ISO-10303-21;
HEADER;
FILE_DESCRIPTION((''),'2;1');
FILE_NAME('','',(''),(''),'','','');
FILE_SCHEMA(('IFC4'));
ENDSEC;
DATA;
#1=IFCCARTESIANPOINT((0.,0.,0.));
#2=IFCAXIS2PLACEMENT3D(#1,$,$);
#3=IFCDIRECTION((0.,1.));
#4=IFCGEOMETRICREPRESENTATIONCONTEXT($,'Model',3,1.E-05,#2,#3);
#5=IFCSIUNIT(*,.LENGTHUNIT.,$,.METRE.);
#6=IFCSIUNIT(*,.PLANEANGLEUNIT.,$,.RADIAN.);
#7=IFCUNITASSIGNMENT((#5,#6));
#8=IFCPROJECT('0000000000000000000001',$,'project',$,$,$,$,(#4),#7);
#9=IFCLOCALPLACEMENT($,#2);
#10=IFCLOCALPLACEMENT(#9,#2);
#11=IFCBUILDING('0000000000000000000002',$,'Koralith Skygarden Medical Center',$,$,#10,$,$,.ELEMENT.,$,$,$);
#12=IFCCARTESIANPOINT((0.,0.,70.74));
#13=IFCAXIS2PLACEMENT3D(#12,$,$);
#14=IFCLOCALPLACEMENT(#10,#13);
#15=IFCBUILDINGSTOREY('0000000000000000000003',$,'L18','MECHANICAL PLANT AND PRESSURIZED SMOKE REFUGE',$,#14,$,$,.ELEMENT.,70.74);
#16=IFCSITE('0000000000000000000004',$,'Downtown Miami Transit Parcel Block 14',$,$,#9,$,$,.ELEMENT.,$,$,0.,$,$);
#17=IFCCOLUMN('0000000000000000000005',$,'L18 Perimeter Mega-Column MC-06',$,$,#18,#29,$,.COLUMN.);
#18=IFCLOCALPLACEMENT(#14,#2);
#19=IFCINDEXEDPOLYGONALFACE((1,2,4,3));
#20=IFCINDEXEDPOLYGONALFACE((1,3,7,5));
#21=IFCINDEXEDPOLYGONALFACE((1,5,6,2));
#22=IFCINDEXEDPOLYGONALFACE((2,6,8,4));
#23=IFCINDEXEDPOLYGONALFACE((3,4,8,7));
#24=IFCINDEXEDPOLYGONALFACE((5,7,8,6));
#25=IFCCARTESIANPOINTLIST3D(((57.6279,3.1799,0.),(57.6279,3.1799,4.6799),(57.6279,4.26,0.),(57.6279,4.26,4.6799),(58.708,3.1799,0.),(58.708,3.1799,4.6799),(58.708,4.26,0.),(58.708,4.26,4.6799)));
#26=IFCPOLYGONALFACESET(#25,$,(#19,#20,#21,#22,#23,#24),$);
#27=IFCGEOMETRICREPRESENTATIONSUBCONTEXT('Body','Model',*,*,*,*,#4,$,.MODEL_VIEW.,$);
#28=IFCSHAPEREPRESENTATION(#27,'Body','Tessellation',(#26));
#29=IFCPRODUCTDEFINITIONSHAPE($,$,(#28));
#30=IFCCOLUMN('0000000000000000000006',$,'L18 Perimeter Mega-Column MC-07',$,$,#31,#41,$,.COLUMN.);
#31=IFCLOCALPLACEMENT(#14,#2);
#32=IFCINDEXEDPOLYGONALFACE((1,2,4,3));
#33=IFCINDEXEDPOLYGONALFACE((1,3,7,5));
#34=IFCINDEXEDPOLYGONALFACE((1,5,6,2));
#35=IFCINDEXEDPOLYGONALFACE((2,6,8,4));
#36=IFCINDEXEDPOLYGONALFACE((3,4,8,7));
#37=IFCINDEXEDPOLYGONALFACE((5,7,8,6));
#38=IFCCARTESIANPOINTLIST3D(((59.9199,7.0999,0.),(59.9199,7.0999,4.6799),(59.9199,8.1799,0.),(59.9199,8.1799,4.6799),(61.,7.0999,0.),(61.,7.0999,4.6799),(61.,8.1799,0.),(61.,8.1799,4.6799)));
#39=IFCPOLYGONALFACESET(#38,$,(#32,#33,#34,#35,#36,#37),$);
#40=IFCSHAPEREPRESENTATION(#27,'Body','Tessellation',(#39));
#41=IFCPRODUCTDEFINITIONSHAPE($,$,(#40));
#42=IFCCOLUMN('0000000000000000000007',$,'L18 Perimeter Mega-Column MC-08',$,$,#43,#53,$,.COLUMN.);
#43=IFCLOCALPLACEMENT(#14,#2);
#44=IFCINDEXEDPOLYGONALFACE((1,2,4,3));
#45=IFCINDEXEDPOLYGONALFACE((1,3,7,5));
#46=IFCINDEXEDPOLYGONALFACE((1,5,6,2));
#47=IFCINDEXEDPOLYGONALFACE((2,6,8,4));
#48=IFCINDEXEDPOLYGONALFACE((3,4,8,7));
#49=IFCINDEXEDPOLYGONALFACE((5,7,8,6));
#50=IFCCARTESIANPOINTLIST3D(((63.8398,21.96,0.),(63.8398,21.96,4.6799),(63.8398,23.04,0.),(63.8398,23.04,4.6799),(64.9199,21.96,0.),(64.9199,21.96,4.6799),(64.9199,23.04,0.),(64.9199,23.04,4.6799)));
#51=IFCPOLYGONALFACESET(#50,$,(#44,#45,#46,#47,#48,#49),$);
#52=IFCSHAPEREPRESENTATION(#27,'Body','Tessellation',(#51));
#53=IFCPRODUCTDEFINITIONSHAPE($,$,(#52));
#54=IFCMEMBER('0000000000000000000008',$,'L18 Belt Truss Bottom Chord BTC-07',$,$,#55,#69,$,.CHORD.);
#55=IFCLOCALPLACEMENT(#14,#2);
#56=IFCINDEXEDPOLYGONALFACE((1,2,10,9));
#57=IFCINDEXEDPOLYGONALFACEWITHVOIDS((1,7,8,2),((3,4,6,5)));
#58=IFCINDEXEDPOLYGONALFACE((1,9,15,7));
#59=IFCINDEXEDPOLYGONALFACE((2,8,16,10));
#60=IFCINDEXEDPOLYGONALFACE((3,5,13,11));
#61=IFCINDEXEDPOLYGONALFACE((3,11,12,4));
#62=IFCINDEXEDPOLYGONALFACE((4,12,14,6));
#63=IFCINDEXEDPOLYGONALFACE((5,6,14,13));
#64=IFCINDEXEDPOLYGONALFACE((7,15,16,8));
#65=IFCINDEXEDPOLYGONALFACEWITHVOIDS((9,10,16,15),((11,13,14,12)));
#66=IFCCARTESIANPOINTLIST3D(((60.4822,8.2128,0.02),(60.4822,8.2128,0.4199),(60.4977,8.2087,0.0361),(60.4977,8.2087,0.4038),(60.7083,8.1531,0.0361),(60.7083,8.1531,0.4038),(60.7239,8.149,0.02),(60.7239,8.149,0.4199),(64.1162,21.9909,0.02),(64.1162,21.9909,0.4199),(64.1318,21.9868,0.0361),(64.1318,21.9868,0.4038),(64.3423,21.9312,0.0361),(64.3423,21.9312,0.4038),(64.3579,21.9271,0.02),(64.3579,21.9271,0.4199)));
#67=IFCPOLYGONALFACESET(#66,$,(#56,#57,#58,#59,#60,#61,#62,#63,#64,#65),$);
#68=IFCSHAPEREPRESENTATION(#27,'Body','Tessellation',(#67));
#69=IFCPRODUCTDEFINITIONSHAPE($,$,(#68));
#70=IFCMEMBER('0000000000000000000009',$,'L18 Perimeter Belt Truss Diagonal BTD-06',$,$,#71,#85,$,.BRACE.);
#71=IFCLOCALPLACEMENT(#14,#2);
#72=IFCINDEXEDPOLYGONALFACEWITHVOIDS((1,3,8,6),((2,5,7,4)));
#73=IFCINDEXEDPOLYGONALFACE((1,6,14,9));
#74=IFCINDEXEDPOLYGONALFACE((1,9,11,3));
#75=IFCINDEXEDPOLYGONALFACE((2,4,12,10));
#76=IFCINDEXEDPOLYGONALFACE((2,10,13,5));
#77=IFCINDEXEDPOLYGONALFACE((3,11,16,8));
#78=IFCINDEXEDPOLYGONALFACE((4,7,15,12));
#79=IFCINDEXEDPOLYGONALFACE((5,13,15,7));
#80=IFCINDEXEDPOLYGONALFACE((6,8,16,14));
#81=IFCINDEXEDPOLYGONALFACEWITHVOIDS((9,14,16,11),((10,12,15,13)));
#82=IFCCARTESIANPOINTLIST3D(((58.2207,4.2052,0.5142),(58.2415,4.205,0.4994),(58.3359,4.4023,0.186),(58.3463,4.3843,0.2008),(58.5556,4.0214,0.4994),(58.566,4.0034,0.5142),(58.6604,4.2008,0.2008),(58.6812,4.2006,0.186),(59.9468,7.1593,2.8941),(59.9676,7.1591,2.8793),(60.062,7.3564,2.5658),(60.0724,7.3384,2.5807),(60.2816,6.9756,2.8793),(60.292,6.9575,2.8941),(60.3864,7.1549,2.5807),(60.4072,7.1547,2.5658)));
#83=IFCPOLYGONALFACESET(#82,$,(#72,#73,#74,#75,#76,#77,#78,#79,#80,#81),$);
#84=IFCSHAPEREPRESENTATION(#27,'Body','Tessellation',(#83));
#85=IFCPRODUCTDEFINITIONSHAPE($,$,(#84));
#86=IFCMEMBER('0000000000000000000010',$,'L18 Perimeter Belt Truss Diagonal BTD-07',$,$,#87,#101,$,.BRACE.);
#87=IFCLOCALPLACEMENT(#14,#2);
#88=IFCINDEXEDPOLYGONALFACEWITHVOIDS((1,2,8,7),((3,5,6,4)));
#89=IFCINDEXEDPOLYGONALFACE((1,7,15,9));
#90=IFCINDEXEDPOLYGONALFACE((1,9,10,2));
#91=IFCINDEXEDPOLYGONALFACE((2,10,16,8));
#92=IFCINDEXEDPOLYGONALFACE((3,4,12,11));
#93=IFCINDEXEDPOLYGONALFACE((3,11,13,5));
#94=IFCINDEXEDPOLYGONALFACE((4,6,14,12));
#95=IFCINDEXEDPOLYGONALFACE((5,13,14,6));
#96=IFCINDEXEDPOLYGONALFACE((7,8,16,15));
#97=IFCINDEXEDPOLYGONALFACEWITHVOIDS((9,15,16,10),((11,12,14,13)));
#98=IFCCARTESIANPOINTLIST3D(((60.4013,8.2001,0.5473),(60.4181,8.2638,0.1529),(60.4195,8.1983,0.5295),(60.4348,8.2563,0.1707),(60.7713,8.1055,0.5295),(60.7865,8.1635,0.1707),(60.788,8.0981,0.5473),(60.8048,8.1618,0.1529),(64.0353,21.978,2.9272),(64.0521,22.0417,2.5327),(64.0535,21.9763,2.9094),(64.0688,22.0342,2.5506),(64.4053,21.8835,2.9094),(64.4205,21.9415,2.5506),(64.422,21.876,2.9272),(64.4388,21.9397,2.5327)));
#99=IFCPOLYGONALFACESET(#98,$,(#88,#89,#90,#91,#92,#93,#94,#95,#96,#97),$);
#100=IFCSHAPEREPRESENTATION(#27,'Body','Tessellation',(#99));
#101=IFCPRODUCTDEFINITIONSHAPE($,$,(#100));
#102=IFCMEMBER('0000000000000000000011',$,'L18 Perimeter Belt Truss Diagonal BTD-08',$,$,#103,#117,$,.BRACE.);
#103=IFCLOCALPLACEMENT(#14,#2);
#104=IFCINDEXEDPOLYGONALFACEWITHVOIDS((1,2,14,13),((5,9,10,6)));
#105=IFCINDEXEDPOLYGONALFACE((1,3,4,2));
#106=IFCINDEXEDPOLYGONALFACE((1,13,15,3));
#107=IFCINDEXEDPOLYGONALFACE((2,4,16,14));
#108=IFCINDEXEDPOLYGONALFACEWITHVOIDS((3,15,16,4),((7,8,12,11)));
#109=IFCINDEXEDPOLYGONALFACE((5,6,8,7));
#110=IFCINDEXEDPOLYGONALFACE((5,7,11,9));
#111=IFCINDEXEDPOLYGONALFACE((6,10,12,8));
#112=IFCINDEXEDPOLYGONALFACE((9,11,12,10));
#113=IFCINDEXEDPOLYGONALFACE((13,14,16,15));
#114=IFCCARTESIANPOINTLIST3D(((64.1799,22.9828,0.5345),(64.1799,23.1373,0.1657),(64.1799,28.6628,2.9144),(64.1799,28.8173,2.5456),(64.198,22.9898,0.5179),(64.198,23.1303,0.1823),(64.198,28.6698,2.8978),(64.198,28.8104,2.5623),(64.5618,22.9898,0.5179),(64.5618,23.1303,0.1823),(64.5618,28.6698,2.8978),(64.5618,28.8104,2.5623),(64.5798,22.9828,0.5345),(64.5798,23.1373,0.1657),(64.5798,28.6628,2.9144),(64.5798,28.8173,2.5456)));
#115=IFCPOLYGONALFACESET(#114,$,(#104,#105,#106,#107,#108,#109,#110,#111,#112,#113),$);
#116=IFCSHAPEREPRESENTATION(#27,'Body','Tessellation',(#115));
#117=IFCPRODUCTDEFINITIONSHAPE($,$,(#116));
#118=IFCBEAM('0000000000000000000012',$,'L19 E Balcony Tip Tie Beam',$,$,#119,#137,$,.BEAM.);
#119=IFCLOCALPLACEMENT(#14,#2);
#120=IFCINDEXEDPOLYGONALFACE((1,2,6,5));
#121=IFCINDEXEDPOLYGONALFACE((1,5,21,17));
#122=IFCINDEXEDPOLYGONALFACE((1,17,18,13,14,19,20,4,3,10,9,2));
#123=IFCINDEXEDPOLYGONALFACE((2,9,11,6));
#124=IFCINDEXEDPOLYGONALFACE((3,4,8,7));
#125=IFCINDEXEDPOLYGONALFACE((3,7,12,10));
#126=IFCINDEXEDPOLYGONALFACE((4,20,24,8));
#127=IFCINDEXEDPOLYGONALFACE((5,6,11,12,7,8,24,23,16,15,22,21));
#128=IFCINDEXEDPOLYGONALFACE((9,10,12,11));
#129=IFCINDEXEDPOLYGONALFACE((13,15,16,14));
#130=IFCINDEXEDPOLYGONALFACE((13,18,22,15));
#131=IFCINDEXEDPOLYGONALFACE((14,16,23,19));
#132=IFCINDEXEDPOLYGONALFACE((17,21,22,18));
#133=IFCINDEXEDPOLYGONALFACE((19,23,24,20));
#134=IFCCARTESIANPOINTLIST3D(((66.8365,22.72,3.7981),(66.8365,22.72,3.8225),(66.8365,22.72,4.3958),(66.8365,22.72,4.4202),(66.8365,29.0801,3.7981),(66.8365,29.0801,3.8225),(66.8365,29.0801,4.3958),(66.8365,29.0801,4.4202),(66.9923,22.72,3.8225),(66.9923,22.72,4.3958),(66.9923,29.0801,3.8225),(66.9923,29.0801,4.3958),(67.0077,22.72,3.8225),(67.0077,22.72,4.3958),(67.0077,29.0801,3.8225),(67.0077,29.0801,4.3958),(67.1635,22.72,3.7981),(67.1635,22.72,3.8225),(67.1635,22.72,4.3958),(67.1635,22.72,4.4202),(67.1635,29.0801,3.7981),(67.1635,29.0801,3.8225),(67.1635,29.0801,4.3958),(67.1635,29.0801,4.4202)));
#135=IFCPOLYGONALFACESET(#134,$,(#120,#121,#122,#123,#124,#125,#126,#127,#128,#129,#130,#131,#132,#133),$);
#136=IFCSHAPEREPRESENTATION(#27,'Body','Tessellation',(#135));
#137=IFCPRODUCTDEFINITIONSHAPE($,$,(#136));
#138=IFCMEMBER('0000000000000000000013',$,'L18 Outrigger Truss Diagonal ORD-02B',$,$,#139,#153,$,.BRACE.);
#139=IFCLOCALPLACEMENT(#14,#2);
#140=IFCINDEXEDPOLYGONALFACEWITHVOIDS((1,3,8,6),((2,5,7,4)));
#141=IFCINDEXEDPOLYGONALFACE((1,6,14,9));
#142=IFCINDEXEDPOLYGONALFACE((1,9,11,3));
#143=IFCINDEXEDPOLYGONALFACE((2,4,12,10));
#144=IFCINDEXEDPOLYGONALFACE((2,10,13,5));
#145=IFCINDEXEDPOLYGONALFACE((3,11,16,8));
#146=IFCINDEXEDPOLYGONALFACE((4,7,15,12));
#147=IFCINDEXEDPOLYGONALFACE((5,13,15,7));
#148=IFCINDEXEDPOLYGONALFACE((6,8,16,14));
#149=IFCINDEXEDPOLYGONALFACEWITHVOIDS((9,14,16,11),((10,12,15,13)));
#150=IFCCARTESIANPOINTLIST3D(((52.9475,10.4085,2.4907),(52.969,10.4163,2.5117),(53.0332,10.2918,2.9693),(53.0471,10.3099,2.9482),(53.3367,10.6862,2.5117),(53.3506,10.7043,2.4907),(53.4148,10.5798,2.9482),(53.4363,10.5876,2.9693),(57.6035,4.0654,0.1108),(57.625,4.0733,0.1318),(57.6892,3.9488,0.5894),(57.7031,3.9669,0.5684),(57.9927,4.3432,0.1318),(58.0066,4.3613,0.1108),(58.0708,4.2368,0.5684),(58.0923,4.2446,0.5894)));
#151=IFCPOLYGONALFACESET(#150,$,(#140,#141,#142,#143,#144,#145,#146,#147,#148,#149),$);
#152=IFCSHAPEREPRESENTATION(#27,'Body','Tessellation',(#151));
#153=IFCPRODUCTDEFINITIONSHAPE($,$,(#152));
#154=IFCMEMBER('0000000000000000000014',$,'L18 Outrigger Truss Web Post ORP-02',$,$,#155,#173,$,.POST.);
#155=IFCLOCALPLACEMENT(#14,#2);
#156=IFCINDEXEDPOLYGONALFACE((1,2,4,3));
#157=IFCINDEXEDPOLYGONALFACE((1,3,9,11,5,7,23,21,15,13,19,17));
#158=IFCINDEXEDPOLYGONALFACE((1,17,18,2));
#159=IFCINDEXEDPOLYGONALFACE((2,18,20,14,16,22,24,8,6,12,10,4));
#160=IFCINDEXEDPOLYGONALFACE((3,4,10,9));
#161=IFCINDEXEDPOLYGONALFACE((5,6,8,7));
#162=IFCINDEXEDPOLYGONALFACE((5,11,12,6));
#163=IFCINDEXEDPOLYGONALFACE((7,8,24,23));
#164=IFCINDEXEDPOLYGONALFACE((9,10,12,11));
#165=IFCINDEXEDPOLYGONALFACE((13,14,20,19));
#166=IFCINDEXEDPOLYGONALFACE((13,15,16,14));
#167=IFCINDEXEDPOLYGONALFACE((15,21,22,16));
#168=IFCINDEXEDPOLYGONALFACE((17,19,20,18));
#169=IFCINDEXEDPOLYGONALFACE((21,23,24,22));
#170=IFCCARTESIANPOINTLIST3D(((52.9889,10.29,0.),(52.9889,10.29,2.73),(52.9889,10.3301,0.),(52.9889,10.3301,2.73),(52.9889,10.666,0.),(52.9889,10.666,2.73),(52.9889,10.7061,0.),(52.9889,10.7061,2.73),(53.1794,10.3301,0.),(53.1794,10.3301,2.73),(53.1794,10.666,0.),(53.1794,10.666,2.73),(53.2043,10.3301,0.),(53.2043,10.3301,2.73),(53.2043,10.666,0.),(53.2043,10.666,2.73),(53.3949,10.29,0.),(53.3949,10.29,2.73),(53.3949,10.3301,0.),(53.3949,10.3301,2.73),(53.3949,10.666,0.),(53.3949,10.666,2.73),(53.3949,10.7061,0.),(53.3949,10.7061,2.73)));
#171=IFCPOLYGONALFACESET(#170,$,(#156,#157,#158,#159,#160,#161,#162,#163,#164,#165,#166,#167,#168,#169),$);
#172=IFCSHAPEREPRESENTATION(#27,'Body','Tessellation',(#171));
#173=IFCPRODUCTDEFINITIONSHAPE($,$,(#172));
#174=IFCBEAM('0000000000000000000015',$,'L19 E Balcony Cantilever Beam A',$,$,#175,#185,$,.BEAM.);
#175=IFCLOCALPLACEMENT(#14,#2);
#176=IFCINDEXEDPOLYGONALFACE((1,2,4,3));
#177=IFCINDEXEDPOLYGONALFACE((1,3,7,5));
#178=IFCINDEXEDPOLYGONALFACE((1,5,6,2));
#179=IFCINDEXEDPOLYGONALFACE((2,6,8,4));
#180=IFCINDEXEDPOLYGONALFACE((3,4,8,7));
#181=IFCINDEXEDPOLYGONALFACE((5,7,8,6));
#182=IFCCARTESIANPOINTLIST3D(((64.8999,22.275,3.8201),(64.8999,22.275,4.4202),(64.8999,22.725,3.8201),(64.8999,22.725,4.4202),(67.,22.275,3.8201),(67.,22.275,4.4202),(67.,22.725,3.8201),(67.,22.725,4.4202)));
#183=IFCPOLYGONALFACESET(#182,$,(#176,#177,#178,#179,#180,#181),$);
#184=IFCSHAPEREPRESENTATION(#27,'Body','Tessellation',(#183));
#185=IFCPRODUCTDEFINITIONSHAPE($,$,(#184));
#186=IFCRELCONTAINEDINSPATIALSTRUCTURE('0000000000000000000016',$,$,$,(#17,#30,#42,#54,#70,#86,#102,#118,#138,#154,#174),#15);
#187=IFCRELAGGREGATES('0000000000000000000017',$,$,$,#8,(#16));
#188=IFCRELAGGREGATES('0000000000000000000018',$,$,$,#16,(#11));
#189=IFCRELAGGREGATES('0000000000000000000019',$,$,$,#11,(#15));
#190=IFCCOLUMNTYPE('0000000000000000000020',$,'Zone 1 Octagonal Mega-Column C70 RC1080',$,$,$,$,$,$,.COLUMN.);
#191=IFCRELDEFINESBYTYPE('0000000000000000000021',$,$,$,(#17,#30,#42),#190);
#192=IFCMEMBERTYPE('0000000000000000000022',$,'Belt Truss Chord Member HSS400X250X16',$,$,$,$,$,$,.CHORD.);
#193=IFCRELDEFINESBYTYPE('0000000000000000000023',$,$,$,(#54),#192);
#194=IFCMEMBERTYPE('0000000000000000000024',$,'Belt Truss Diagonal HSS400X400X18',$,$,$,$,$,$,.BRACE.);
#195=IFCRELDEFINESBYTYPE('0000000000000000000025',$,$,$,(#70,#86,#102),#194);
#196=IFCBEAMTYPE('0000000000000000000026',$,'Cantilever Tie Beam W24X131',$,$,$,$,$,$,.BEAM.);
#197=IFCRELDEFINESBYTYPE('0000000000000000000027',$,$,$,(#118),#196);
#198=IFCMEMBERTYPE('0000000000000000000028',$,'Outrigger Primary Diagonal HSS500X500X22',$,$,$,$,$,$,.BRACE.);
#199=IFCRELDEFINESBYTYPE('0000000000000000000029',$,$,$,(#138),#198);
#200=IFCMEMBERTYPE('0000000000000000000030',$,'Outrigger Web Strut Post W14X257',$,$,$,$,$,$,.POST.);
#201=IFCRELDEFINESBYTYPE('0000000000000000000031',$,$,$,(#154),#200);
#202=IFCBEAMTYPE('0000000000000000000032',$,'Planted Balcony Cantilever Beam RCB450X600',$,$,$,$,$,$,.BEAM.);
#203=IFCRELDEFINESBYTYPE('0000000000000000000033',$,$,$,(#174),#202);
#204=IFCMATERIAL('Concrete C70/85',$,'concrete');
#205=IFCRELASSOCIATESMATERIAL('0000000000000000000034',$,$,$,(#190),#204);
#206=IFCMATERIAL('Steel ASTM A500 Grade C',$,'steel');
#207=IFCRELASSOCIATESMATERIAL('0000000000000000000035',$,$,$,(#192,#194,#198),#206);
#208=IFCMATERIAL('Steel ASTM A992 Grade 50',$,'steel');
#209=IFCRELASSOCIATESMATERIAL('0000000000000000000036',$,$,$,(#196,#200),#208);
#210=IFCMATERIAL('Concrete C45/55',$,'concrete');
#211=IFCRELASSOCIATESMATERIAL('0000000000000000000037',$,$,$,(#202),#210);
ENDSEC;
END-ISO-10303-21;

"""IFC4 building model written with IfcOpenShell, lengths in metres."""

from ifc_helpers import new_model, si_unit, direction, frame, origin, origin_2d, place, context, subcontext, project, spatial, rectangle, hollow_rectangle, i_section, extrude, material, material_profile, profile_set, type_object, element, save


model = new_model("IFC4")

# Units and contexts
model_context = context("Model", 3, precision=1e-05, world=origin(), true_north=direction((0.0, 1.0)))
body_context = subcontext(model_context, "Body", "Model", "MODEL_VIEW")
ifc_project = project(units=[si_unit("LENGTHUNIT", "METRE"), si_unit("PLANEANGLEUNIT", "RADIAN")], contexts=[model_context])

# Site, building, storey
site_placement = place(None, origin())
site = spatial("IfcSite", under=ifc_project, at=site_placement, Name="Downtown Miami Transit Parcel Block 14", CompositionType="ELEMENT", RefElevation=0.0)
building_placement = place(site_placement, origin())
building = spatial("IfcBuilding", under=site, at=building_placement, Name="Koralith Skygarden Medical Center", CompositionType="ELEMENT")
storey_placement = place(building_placement, frame((0.0, 0.0, 70.74)))
storey = spatial("IfcBuildingStorey", under=building, at=storey_placement, Name="L18", Description="MECHANICAL PLANT AND PRESSURIZED SMOKE REFUGE", CompositionType="ELEMENT", Elevation=70.74)

# Columns
ifc_material_1 = material(Name="Concrete C70/85", Category="concrete")
ifc_material_profile_1 = material_profile(ifc_material_1, rectangle(XDim=1.0801, YDim=1.0801, at=origin_2d()), Name="RC1080X1080")
ifc_profile_set_1 = profile_set([ifc_material_profile_1], Name="Concrete C70/85")
column_type = type_object("IfcColumnType", Name="Zone 1 Octagonal Mega-Column C70 RC1080", PredefinedType="COLUMN", material=ifc_profile_set_1)
for number, where, z_axis, x_axis, name in (
    (1, (58.168, 3.72, 0.0), (0.0, 0.0, 1.0), (1.0, 0.0, 0.0), "L18 Perimeter Mega-Column MC-06"),
    (2, (60.46, 7.6399, 0.0), (0.0, 0.0, 1.0), (1.0, 0.0, 0.0), "L18 Perimeter Mega-Column MC-07"),
    (3, (64.3799, 22.5, 0.0), (0.0, 0.0, 1.0), (1.0, 0.0, 0.0), "L18 Perimeter Mega-Column MC-08"),
):
    element("IfcColumn", number, at=place(storey_placement, frame(where, z_axis=z_axis, x_axis=x_axis)), inside=storey, type_object=column_type, Name=name, PredefinedType="COLUMN", context=body_context, shape_type="SweptSolid", body=[
        extrude(rectangle(XDim=1.0801, YDim=1.0801, at=origin_2d()), origin(), (0.0, 0.0, 1.0), 4.6799),
    ])

# Members
ifc_material_2 = material(Name="Steel ASTM A500 Grade C", Category="steel")
ifc_material_profile_2 = material_profile(ifc_material_2, hollow_rectangle(XDim=0.25, YDim=0.3999, WallThickness=0.0161, at=origin_2d()), Name="HSS400X250X16")
ifc_profile_set_2 = profile_set([ifc_material_profile_2], Name="Steel ASTM A500 Grade C")
member_type_1 = type_object("IfcMemberType", Name="Belt Truss Chord Member HSS400X250X16", PredefinedType="CHORD", material=ifc_profile_set_2)
member_1_placement = place(storey_placement, frame((60.603, 8.1809, 0.22), z_axis=(0.255033, 0.966932, 0.0), x_axis=(-0.966932, 0.255033, 0.0)))
element("IfcMember", 4, at=member_1_placement, inside=storey, type_object=member_type_1, Name="L18 Belt Truss Bottom Chord BTC-07", PredefinedType="CHORD", context=body_context, shape_type="SweptSolid", body=[
    extrude(hollow_rectangle(XDim=0.25, YDim=0.3999, WallThickness=0.0161, at=origin_2d()), origin(), (0.0, 0.0, 1.0), 14.2493),
])
ifc_material_profile_3 = material_profile(ifc_material_2, hollow_rectangle(XDim=0.3999, YDim=0.3999, WallThickness=0.0181, at=origin_2d()), Name="HSS400X400X18")
ifc_profile_set_3 = profile_set([ifc_material_profile_3], Name="Steel ASTM A500 Grade C")
member_type_2 = type_object("IfcMemberType", Name="Belt Truss Diagonal HSS400X400X18", PredefinedType="BRACE", material=ifc_profile_set_3)
member_2_placement = place(storey_placement, frame((58.4509, 4.2029, 0.3501), z_axis=(0.414153, 0.708805, 0.571028), x_axis=(-0.863416, 0.504492, 0.0)))
element("IfcMember", 5, at=member_2_placement, inside=storey, type_object=member_type_2, Name="L18 Perimeter Belt Truss Diagonal BTD-06", PredefinedType="BRACE", context=body_context, shape_type="SweptSolid", body=[
    extrude(hollow_rectangle(XDim=0.3999, YDim=0.3999, WallThickness=0.0181, at=origin_2d()), origin(), (0.0, 0.0, 1.0), 4.1677),
])
member_3_placement = place(storey_placement, frame((60.603, 8.1809, 0.3501), z_axis=(0.251549, 0.953722, 0.164736), x_axis=(-0.966932, 0.255033, 0.0)))
element("IfcMember", 6, at=member_3_placement, inside=storey, type_object=member_type_2, Name="L18 Perimeter Belt Truss Diagonal BTD-07", PredefinedType="BRACE", context=body_context, shape_type="SweptSolid", body=[
    extrude(hollow_rectangle(XDim=0.3999, YDim=0.3999, WallThickness=0.0181, at=origin_2d()), origin(), (0.0, 0.0, 1.0), 14.4465),
])
member_4_placement = place(storey_placement, frame((64.3799, 23.0601, 0.3501), z_axis=(0.0, 0.922312, 0.386447), x_axis=(-1.0, 0.0, 0.0)))
element("IfcMember", 7, at=member_4_placement, inside=storey, type_object=member_type_2, Name="L18 Perimeter Belt Truss Diagonal BTD-08", PredefinedType="BRACE", context=body_context, shape_type="SweptSolid", body=[
    extrude(hollow_rectangle(XDim=0.3999, YDim=0.3999, WallThickness=0.0181, at=origin_2d()), origin(), (0.0, 0.0, 1.0), 6.1584),
])

# Beam
ifc_material_3 = material(Name="Steel ASTM A992 Grade 50", Category="steel")
ifc_material_profile_4 = material_profile(ifc_material_3, i_section(OverallWidth=0.3269, OverallDepth=0.6221, WebThickness=0.0154, FlangeThickness=0.0244, at=origin_2d()), Name="W24X131")
ifc_profile_set_4 = profile_set([ifc_material_profile_4], Name="Steel ASTM A992 Grade 50")
beam_type_1 = type_object("IfcBeamType", Name="Cantilever Tie Beam W24X131", PredefinedType="BEAM", material=ifc_profile_set_4)
beam_1_placement = place(storey_placement, frame((67.0, 22.72, 4.1091), z_axis=(0.0, 1.0, 0.0), x_axis=(-1.0, 0.0, 0.0)))
element("IfcBeam", 8, at=beam_1_placement, inside=storey, type_object=beam_type_1, Name="L19 E Balcony Tip Tie Beam", PredefinedType="BEAM", context=body_context, shape_type="SweptSolid", body=[
    extrude(i_section(OverallWidth=0.3269, OverallDepth=0.6221, WebThickness=0.0154, FlangeThickness=0.0244, at=origin_2d()), origin(), (0.0, 0.0, 1.0), 6.3601),
])

# Members
ifc_material_profile_5 = material_profile(ifc_material_2, hollow_rectangle(XDim=0.5, YDim=0.5, WallThickness=0.022, at=origin_2d()), Name="HSS500X500X22")
ifc_profile_set_5 = profile_set([ifc_material_profile_5], Name="Steel ASTM A500 Grade C")
member_type_3 = type_object("IfcMemberType", Name="Outrigger Primary Diagonal HSS500X500X22", PredefinedType="BRACE", material=ifc_profile_set_5)
member_5_placement = place(storey_placement, frame((53.1919, 10.498, 2.73), z_axis=(0.566392, -0.771613, -0.289507), x_axis=(0.806135, 0.591732, 0.0)))
element("IfcMember", 9, at=member_5_placement, inside=storey, type_object=member_type_3, Name="L18 Outrigger Truss Diagonal ORD-02B", PredefinedType="BRACE", context=body_context, shape_type="SweptSolid", body=[
    extrude(hollow_rectangle(XDim=0.5, YDim=0.5, WallThickness=0.022, at=origin_2d()), origin(), (0.0, 0.0, 1.0), 8.2205),
])
ifc_material_profile_6 = material_profile(ifc_material_3, i_section(OverallWidth=0.406, OverallDepth=0.416, WebThickness=0.0249, FlangeThickness=0.04, at=origin_2d()), Name="W14X257")
ifc_profile_set_6 = profile_set([ifc_material_profile_6], Name="Steel ASTM A992 Grade 50")
member_type_4 = type_object("IfcMemberType", Name="Outrigger Web Strut Post W14X257", PredefinedType="POST", material=ifc_profile_set_6)
member_6_placement = place(storey_placement, frame((53.1919, 10.498, 0.0), z_axis=(0.0, 0.0, 1.0), x_axis=(1.0, 0.0, 0.0)))
element("IfcMember", 10, at=member_6_placement, inside=storey, type_object=member_type_4, Name="L18 Outrigger Truss Web Post ORP-02", PredefinedType="POST", context=body_context, shape_type="SweptSolid", body=[
    extrude(i_section(OverallWidth=0.406, OverallDepth=0.416, WebThickness=0.0249, FlangeThickness=0.04, at=origin_2d()), origin(), (0.0, 0.0, 1.0), 2.73),
])

# Beam
ifc_material_4 = material(Name="Concrete C45/55", Category="concrete")
ifc_material_profile_7 = material_profile(ifc_material_4, rectangle(XDim=0.45, YDim=0.6001, at=origin_2d()), Name="RCB450X600")
ifc_profile_set_7 = profile_set([ifc_material_profile_7], Name="Concrete C45/55")
beam_type_2 = type_object("IfcBeamType", Name="Planted Balcony Cantilever Beam RCB450X600", PredefinedType="BEAM", material=ifc_profile_set_7)
beam_2_placement = place(storey_placement, frame((64.8999, 22.5, 4.1201), z_axis=(1.0, 0.0, 0.0), x_axis=(0.0, 1.0, 0.0)))
element("IfcBeam", 11, at=beam_2_placement, inside=storey, type_object=beam_type_2, Name="L19 E Balcony Cantilever Beam A", PredefinedType="BEAM", context=body_context, shape_type="SweptSolid", body=[
    extrude(rectangle(XDim=0.45, YDim=0.6001, at=origin_2d()), origin(), (0.0, 0.0, 1.0), 2.1001),
])

save(model, "model.ifc")
